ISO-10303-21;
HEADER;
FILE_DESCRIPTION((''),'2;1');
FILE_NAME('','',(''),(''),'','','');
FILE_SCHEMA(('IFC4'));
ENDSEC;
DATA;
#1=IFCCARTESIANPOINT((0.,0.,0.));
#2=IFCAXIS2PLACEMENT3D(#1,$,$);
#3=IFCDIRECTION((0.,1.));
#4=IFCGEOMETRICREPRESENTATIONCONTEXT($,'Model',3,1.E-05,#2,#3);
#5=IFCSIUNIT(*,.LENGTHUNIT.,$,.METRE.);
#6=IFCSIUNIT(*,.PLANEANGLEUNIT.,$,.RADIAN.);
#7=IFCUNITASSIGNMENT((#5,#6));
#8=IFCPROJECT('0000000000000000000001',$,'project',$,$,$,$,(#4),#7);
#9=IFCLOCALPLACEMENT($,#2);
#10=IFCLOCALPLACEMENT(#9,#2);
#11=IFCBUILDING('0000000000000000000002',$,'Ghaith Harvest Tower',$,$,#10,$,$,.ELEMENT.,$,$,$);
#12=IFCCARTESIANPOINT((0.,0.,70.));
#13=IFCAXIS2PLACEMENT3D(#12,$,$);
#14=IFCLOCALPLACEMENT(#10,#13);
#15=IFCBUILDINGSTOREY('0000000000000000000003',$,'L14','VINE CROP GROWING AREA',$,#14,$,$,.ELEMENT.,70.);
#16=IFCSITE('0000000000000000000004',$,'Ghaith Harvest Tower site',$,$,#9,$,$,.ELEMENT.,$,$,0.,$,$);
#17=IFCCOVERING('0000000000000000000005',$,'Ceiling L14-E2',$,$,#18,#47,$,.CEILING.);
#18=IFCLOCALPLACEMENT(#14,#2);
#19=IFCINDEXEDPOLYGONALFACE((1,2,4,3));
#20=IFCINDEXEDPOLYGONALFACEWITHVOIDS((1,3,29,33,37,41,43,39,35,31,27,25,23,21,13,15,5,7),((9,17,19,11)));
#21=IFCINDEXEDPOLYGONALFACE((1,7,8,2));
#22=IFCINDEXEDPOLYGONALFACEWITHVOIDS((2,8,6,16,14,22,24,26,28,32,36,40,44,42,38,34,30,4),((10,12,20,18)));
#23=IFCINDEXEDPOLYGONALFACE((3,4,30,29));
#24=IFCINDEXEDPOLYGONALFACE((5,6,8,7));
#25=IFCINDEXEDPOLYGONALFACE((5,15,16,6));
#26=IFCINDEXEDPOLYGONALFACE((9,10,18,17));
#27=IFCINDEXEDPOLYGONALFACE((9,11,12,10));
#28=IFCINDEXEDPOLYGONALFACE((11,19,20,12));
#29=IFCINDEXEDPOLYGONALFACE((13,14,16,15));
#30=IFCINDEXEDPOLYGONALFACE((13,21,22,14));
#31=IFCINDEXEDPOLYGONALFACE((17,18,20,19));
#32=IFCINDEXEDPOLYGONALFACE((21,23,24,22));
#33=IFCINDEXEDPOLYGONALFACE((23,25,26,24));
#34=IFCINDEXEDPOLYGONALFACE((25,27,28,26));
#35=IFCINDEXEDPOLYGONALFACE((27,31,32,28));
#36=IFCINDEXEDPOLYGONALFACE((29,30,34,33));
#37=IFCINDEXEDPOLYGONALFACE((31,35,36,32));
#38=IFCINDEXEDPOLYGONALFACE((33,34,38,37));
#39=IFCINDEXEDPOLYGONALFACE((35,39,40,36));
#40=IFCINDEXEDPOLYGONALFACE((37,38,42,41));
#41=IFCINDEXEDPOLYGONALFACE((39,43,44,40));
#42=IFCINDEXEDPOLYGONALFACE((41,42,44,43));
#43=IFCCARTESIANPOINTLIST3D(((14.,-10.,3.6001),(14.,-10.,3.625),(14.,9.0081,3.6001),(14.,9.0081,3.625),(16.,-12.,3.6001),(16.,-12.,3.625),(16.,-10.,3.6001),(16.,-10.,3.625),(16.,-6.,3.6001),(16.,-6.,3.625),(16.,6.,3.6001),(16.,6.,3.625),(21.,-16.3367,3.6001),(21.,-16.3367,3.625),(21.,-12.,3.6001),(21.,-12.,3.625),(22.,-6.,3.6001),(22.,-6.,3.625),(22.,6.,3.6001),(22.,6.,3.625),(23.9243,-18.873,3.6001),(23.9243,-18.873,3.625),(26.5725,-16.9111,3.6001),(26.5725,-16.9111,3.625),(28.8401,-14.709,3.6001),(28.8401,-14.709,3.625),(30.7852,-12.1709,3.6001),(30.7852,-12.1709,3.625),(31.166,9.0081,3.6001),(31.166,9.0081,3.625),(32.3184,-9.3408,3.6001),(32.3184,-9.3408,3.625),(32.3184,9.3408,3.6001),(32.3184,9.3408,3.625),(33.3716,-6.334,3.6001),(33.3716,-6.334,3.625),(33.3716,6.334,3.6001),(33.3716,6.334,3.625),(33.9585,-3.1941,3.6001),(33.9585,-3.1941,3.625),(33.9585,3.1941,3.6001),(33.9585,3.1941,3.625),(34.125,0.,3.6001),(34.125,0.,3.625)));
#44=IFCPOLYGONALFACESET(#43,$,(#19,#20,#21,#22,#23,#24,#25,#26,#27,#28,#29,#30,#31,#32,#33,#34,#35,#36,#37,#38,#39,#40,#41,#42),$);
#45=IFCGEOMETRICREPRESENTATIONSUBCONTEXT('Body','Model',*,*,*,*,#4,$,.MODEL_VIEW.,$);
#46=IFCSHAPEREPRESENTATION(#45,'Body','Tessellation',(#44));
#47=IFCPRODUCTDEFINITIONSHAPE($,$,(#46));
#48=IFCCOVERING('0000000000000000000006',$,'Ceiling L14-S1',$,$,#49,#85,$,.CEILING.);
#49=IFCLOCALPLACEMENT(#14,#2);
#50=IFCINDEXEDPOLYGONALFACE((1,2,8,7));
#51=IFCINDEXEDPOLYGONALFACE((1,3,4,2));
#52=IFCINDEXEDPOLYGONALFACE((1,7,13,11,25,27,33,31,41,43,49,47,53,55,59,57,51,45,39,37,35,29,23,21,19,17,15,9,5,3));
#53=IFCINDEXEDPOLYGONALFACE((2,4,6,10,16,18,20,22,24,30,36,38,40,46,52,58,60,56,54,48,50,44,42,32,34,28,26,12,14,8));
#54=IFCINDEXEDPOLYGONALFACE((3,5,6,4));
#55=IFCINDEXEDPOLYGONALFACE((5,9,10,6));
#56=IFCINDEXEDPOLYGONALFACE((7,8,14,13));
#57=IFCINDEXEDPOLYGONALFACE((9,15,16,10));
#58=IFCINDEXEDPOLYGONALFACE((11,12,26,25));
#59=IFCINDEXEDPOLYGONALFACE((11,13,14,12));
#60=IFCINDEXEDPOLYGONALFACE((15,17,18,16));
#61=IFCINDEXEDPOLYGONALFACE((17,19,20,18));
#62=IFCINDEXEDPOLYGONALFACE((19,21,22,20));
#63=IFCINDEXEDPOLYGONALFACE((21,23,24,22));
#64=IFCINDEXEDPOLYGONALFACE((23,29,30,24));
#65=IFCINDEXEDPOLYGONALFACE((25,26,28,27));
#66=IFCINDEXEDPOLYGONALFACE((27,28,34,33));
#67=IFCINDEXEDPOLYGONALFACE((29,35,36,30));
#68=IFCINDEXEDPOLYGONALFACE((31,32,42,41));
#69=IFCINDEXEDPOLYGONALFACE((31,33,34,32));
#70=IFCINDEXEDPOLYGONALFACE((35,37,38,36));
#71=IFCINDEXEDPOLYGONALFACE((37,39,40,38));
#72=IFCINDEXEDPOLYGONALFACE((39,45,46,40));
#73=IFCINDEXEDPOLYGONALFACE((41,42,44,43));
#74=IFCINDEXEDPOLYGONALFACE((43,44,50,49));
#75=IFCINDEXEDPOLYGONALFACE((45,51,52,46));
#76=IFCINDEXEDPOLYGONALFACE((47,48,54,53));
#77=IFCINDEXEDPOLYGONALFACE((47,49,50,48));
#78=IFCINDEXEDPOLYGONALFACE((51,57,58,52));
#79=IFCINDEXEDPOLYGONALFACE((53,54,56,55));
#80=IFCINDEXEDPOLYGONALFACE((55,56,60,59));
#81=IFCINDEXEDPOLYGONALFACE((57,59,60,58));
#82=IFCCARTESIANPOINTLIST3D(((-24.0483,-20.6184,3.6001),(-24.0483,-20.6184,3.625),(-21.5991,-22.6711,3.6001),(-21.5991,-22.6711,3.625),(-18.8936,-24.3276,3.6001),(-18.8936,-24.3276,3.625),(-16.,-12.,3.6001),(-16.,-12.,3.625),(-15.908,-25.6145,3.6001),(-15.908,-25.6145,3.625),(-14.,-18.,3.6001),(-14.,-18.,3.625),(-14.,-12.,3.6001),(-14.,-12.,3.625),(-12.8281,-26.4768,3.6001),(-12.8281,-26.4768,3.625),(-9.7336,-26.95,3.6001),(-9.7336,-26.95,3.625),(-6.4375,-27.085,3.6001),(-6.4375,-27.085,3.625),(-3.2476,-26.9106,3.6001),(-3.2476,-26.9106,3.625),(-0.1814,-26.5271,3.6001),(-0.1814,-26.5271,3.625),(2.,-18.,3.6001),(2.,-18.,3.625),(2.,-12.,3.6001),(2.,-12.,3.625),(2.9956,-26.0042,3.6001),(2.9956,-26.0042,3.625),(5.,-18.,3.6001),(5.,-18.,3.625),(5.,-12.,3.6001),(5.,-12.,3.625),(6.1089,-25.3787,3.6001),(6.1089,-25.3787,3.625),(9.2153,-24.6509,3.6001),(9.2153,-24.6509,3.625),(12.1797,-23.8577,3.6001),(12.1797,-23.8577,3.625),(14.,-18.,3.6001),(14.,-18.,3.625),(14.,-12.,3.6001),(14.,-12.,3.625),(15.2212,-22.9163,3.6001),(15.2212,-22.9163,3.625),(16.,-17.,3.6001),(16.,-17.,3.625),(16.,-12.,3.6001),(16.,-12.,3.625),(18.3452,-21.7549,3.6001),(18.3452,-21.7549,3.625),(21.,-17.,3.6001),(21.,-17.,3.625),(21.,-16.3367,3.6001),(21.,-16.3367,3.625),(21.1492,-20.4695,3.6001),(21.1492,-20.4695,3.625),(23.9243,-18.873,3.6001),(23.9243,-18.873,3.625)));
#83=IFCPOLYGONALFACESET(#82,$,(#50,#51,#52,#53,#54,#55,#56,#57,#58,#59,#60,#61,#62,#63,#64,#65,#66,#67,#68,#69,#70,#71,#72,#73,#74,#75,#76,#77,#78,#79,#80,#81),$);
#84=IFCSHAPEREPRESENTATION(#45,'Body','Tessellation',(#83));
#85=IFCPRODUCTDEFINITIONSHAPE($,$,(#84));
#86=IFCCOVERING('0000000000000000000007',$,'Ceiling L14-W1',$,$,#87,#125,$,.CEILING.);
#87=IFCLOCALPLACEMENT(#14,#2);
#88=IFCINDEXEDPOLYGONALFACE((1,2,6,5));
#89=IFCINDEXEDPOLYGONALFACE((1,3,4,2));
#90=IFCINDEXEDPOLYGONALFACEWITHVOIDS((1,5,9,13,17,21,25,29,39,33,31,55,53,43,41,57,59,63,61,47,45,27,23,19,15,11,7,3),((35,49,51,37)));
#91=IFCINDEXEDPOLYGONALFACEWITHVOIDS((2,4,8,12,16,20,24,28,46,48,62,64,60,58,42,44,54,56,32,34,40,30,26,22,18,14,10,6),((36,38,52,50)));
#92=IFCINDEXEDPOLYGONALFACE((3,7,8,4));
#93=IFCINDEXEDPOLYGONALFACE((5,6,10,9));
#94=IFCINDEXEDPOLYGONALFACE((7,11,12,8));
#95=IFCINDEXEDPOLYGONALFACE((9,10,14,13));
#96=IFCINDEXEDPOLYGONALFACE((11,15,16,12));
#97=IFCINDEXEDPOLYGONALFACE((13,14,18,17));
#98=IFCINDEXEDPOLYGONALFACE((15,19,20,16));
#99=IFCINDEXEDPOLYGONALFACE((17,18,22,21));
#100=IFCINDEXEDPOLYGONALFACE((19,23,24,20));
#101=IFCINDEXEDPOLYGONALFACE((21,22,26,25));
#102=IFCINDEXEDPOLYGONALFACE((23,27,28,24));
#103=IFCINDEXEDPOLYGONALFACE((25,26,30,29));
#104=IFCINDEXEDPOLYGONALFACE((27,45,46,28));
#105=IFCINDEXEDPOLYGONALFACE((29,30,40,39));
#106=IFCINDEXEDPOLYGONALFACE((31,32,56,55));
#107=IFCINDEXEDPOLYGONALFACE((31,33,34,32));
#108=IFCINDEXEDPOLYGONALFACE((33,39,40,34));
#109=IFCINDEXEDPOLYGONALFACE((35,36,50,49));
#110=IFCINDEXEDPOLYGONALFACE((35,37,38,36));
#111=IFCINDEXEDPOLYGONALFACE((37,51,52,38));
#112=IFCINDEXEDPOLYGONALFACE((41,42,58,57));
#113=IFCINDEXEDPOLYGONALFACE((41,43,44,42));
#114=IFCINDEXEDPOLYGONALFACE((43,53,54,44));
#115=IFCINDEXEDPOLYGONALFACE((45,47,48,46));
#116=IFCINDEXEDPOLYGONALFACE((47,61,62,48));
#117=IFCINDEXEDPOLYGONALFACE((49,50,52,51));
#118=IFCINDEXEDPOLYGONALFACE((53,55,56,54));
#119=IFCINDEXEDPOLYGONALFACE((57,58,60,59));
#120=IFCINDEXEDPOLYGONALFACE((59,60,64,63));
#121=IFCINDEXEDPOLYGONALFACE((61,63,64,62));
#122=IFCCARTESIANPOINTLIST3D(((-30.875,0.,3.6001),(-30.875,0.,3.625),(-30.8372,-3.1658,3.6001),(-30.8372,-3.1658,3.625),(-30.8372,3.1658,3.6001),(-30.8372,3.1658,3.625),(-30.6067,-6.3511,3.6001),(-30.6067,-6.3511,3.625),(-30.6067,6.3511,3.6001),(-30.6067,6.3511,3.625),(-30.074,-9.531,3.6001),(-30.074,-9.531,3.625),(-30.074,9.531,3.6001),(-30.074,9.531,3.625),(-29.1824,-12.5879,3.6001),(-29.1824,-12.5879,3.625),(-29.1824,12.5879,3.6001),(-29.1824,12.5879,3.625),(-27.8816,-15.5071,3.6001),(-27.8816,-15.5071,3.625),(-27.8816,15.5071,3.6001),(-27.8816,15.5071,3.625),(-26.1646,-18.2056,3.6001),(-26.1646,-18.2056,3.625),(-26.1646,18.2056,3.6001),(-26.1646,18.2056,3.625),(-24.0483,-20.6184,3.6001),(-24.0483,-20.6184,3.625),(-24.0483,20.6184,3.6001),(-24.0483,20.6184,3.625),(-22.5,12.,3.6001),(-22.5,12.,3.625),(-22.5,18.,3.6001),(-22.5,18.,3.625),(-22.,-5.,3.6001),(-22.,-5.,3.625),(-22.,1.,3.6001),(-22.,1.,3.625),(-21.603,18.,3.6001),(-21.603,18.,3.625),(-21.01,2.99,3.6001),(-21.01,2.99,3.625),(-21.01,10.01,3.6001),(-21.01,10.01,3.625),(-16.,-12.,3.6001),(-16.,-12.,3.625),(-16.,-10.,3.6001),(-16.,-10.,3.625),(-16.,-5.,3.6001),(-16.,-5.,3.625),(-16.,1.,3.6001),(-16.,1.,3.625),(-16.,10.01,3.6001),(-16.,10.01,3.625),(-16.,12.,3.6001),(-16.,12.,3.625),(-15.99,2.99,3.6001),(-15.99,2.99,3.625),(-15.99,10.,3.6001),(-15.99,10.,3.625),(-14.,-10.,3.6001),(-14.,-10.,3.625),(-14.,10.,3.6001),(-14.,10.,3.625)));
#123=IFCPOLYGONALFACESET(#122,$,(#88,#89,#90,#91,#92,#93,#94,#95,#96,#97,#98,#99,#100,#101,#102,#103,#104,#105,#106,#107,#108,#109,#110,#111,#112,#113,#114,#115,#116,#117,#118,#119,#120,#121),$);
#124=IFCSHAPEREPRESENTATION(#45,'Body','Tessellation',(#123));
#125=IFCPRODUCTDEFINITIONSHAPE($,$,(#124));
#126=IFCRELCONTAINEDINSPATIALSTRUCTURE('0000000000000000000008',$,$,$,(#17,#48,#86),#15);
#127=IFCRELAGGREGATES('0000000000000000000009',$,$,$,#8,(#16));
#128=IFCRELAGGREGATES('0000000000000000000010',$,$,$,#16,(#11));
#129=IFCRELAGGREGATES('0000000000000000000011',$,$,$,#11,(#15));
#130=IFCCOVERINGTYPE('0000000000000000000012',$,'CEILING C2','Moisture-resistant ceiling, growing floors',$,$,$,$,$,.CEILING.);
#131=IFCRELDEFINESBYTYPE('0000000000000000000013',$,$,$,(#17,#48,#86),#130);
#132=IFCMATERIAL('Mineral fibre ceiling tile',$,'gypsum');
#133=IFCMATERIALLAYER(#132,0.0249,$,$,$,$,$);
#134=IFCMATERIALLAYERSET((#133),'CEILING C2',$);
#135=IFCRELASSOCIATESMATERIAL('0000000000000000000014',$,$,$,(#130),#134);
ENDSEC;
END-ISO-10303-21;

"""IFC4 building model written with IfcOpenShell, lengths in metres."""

from ifc_helpers import new_model, si_unit, direction, frame, origin, place, context, subcontext, project, spatial, polyline, outline, extrude, material, layer, layer_set, type_object, element, save


model = new_model("IFC4")

# Units and contexts
model_context = context("Model", 3, precision=1e-05, world=origin(), true_north=direction((0.0, 1.0)))
body_context = subcontext(model_context, "Body", "Model", "MODEL_VIEW")
ifc_project = project(units=[si_unit("LENGTHUNIT", "METRE"), si_unit("PLANEANGLEUNIT", "RADIAN")], contexts=[model_context])

# Site, building, storey
site_placement = place(None, origin())
site = spatial("IfcSite", under=ifc_project, at=site_placement, Name="Ghaith Harvest Tower site", CompositionType="ELEMENT", RefElevation=0.0)
building_placement = place(site_placement, origin())
building = spatial("IfcBuilding", under=site, at=building_placement, Name="Ghaith Harvest Tower", CompositionType="ELEMENT")
storey_placement = place(building_placement, frame((0.0, 0.0, 70.0)))
storey = spatial("IfcBuildingStorey", under=building, at=storey_placement, Name="L14", Description="VINE CROP GROWING AREA", CompositionType="ELEMENT", Elevation=70.0)

# Coverings
ifc_material_1 = material(Name="Mineral fibre ceiling tile", Category="gypsum")
ifc_layer_1 = layer(ifc_material_1, 0.0249)
ifc_layer_set_1 = layer_set([ifc_layer_1], Name="CEILING C2")
covering_type = type_object("IfcCoveringType", Name="CEILING C2", Description="Moisture-resistant ceiling, growing floors", PredefinedType="CEILING", material=ifc_layer_set_1)
covering_1_placement = place(storey_placement, frame((0.0, 0.0, 3.6001)))
element("IfcCovering", 1, at=covering_1_placement, inside=storey, type_object=covering_type, Name="Ceiling L14-E2", PredefinedType="CEILING", context=body_context, shape_type="SweptSolid", body=[
    extrude(outline(polyline([(32.3184, 9.3408), (33.3716, 6.334), (33.9585, 3.1941), (34.125, 0.0), (33.9585, -3.1941), (33.3716, -6.334), (32.3184, -9.3408), (30.7852, -12.1709), (28.8401, -14.709), (26.5725, -16.9111), (23.9243, -18.873), (21.0, -16.3367), (21.0, -12.0), (16.0, -12.0), (16.0, -10.0), (14.0, -10.0), (14.0, 9.0081), (31.166, 9.0081), (32.3184, 9.3408)]), holes=[polyline([(16.0, -6.0), (22.0, -6.0), (22.0, 6.0), (16.0, 6.0), (16.0, -6.0)])]), origin(), (0.0, 0.0, 1.0), 0.0249),
])
covering_2_placement = place(storey_placement, frame((0.0, 0.0, 3.6001)))
element("IfcCovering", 2, at=covering_2_placement, inside=storey, type_object=covering_type, Name="Ceiling L14-S1", PredefinedType="CEILING", context=body_context, shape_type="SweptSolid", body=[
    extrude(outline(polyline([(-15.908, -25.6145), (-18.8936, -24.3276), (-21.5991, -22.6711), (-24.0483, -20.6184), (-16.0, -12.0), (-14.0, -12.0), (-14.0, -18.0), (2.0, -18.0), (2.0, -12.0), (5.0, -12.0), (5.0, -18.0), (14.0, -18.0), (14.0, -12.0), (16.0, -12.0), (16.0, -17.0), (21.0, -17.0), (21.0, -16.3367), (23.9243, -18.873), (21.1492, -20.4695), (18.3452, -21.7549), (15.2212, -22.9163), (12.1797, -23.8577), (9.2153, -24.6509), (6.1089, -25.3787), (2.9956, -26.0042), (-0.1814, -26.5271), (-3.2476, -26.9106), (-6.4375, -27.085), (-9.7336, -26.95), (-12.8281, -26.4768), (-15.908, -25.6145)])), origin(), (0.0, 0.0, 1.0), 0.0249),
])
covering_3_placement = place(storey_placement, frame((0.0, 0.0, 3.6001)))
element("IfcCovering", 3, at=covering_3_placement, inside=storey, type_object=covering_type, Name="Ceiling L14-W1", PredefinedType="CEILING", context=body_context, shape_type="SweptSolid", body=[
    extrude(outline(polyline([(-27.8816, -15.5071), (-29.1824, -12.5879), (-30.074, -9.531), (-30.6067, -6.3511), (-30.8372, -3.1658), (-30.875, 0.0), (-30.8372, 3.1658), (-30.6067, 6.3511), (-30.074, 9.531), (-29.1824, 12.5879), (-27.8816, 15.5071), (-26.1646, 18.2056), (-24.0483, 20.6184), (-21.603, 18.0), (-22.5, 18.0), (-22.5, 12.0), (-16.0, 12.0), (-16.0, 10.01), (-21.01, 10.01), (-21.01, 2.99), (-15.99, 2.99), (-15.99, 10.0), (-14.0, 10.0), (-14.0, -10.0), (-16.0, -10.0), (-16.0, -12.0), (-24.0483, -20.6184), (-26.1646, -18.2056), (-27.8816, -15.5071)]), holes=[polyline([(-16.0, 1.0), (-22.0, 1.0), (-22.0, -5.0), (-16.0, -5.0), (-16.0, 1.0)])]), origin(), (0.0, 0.0, 1.0), 0.0249),
])

save(model, "model.ifc")
